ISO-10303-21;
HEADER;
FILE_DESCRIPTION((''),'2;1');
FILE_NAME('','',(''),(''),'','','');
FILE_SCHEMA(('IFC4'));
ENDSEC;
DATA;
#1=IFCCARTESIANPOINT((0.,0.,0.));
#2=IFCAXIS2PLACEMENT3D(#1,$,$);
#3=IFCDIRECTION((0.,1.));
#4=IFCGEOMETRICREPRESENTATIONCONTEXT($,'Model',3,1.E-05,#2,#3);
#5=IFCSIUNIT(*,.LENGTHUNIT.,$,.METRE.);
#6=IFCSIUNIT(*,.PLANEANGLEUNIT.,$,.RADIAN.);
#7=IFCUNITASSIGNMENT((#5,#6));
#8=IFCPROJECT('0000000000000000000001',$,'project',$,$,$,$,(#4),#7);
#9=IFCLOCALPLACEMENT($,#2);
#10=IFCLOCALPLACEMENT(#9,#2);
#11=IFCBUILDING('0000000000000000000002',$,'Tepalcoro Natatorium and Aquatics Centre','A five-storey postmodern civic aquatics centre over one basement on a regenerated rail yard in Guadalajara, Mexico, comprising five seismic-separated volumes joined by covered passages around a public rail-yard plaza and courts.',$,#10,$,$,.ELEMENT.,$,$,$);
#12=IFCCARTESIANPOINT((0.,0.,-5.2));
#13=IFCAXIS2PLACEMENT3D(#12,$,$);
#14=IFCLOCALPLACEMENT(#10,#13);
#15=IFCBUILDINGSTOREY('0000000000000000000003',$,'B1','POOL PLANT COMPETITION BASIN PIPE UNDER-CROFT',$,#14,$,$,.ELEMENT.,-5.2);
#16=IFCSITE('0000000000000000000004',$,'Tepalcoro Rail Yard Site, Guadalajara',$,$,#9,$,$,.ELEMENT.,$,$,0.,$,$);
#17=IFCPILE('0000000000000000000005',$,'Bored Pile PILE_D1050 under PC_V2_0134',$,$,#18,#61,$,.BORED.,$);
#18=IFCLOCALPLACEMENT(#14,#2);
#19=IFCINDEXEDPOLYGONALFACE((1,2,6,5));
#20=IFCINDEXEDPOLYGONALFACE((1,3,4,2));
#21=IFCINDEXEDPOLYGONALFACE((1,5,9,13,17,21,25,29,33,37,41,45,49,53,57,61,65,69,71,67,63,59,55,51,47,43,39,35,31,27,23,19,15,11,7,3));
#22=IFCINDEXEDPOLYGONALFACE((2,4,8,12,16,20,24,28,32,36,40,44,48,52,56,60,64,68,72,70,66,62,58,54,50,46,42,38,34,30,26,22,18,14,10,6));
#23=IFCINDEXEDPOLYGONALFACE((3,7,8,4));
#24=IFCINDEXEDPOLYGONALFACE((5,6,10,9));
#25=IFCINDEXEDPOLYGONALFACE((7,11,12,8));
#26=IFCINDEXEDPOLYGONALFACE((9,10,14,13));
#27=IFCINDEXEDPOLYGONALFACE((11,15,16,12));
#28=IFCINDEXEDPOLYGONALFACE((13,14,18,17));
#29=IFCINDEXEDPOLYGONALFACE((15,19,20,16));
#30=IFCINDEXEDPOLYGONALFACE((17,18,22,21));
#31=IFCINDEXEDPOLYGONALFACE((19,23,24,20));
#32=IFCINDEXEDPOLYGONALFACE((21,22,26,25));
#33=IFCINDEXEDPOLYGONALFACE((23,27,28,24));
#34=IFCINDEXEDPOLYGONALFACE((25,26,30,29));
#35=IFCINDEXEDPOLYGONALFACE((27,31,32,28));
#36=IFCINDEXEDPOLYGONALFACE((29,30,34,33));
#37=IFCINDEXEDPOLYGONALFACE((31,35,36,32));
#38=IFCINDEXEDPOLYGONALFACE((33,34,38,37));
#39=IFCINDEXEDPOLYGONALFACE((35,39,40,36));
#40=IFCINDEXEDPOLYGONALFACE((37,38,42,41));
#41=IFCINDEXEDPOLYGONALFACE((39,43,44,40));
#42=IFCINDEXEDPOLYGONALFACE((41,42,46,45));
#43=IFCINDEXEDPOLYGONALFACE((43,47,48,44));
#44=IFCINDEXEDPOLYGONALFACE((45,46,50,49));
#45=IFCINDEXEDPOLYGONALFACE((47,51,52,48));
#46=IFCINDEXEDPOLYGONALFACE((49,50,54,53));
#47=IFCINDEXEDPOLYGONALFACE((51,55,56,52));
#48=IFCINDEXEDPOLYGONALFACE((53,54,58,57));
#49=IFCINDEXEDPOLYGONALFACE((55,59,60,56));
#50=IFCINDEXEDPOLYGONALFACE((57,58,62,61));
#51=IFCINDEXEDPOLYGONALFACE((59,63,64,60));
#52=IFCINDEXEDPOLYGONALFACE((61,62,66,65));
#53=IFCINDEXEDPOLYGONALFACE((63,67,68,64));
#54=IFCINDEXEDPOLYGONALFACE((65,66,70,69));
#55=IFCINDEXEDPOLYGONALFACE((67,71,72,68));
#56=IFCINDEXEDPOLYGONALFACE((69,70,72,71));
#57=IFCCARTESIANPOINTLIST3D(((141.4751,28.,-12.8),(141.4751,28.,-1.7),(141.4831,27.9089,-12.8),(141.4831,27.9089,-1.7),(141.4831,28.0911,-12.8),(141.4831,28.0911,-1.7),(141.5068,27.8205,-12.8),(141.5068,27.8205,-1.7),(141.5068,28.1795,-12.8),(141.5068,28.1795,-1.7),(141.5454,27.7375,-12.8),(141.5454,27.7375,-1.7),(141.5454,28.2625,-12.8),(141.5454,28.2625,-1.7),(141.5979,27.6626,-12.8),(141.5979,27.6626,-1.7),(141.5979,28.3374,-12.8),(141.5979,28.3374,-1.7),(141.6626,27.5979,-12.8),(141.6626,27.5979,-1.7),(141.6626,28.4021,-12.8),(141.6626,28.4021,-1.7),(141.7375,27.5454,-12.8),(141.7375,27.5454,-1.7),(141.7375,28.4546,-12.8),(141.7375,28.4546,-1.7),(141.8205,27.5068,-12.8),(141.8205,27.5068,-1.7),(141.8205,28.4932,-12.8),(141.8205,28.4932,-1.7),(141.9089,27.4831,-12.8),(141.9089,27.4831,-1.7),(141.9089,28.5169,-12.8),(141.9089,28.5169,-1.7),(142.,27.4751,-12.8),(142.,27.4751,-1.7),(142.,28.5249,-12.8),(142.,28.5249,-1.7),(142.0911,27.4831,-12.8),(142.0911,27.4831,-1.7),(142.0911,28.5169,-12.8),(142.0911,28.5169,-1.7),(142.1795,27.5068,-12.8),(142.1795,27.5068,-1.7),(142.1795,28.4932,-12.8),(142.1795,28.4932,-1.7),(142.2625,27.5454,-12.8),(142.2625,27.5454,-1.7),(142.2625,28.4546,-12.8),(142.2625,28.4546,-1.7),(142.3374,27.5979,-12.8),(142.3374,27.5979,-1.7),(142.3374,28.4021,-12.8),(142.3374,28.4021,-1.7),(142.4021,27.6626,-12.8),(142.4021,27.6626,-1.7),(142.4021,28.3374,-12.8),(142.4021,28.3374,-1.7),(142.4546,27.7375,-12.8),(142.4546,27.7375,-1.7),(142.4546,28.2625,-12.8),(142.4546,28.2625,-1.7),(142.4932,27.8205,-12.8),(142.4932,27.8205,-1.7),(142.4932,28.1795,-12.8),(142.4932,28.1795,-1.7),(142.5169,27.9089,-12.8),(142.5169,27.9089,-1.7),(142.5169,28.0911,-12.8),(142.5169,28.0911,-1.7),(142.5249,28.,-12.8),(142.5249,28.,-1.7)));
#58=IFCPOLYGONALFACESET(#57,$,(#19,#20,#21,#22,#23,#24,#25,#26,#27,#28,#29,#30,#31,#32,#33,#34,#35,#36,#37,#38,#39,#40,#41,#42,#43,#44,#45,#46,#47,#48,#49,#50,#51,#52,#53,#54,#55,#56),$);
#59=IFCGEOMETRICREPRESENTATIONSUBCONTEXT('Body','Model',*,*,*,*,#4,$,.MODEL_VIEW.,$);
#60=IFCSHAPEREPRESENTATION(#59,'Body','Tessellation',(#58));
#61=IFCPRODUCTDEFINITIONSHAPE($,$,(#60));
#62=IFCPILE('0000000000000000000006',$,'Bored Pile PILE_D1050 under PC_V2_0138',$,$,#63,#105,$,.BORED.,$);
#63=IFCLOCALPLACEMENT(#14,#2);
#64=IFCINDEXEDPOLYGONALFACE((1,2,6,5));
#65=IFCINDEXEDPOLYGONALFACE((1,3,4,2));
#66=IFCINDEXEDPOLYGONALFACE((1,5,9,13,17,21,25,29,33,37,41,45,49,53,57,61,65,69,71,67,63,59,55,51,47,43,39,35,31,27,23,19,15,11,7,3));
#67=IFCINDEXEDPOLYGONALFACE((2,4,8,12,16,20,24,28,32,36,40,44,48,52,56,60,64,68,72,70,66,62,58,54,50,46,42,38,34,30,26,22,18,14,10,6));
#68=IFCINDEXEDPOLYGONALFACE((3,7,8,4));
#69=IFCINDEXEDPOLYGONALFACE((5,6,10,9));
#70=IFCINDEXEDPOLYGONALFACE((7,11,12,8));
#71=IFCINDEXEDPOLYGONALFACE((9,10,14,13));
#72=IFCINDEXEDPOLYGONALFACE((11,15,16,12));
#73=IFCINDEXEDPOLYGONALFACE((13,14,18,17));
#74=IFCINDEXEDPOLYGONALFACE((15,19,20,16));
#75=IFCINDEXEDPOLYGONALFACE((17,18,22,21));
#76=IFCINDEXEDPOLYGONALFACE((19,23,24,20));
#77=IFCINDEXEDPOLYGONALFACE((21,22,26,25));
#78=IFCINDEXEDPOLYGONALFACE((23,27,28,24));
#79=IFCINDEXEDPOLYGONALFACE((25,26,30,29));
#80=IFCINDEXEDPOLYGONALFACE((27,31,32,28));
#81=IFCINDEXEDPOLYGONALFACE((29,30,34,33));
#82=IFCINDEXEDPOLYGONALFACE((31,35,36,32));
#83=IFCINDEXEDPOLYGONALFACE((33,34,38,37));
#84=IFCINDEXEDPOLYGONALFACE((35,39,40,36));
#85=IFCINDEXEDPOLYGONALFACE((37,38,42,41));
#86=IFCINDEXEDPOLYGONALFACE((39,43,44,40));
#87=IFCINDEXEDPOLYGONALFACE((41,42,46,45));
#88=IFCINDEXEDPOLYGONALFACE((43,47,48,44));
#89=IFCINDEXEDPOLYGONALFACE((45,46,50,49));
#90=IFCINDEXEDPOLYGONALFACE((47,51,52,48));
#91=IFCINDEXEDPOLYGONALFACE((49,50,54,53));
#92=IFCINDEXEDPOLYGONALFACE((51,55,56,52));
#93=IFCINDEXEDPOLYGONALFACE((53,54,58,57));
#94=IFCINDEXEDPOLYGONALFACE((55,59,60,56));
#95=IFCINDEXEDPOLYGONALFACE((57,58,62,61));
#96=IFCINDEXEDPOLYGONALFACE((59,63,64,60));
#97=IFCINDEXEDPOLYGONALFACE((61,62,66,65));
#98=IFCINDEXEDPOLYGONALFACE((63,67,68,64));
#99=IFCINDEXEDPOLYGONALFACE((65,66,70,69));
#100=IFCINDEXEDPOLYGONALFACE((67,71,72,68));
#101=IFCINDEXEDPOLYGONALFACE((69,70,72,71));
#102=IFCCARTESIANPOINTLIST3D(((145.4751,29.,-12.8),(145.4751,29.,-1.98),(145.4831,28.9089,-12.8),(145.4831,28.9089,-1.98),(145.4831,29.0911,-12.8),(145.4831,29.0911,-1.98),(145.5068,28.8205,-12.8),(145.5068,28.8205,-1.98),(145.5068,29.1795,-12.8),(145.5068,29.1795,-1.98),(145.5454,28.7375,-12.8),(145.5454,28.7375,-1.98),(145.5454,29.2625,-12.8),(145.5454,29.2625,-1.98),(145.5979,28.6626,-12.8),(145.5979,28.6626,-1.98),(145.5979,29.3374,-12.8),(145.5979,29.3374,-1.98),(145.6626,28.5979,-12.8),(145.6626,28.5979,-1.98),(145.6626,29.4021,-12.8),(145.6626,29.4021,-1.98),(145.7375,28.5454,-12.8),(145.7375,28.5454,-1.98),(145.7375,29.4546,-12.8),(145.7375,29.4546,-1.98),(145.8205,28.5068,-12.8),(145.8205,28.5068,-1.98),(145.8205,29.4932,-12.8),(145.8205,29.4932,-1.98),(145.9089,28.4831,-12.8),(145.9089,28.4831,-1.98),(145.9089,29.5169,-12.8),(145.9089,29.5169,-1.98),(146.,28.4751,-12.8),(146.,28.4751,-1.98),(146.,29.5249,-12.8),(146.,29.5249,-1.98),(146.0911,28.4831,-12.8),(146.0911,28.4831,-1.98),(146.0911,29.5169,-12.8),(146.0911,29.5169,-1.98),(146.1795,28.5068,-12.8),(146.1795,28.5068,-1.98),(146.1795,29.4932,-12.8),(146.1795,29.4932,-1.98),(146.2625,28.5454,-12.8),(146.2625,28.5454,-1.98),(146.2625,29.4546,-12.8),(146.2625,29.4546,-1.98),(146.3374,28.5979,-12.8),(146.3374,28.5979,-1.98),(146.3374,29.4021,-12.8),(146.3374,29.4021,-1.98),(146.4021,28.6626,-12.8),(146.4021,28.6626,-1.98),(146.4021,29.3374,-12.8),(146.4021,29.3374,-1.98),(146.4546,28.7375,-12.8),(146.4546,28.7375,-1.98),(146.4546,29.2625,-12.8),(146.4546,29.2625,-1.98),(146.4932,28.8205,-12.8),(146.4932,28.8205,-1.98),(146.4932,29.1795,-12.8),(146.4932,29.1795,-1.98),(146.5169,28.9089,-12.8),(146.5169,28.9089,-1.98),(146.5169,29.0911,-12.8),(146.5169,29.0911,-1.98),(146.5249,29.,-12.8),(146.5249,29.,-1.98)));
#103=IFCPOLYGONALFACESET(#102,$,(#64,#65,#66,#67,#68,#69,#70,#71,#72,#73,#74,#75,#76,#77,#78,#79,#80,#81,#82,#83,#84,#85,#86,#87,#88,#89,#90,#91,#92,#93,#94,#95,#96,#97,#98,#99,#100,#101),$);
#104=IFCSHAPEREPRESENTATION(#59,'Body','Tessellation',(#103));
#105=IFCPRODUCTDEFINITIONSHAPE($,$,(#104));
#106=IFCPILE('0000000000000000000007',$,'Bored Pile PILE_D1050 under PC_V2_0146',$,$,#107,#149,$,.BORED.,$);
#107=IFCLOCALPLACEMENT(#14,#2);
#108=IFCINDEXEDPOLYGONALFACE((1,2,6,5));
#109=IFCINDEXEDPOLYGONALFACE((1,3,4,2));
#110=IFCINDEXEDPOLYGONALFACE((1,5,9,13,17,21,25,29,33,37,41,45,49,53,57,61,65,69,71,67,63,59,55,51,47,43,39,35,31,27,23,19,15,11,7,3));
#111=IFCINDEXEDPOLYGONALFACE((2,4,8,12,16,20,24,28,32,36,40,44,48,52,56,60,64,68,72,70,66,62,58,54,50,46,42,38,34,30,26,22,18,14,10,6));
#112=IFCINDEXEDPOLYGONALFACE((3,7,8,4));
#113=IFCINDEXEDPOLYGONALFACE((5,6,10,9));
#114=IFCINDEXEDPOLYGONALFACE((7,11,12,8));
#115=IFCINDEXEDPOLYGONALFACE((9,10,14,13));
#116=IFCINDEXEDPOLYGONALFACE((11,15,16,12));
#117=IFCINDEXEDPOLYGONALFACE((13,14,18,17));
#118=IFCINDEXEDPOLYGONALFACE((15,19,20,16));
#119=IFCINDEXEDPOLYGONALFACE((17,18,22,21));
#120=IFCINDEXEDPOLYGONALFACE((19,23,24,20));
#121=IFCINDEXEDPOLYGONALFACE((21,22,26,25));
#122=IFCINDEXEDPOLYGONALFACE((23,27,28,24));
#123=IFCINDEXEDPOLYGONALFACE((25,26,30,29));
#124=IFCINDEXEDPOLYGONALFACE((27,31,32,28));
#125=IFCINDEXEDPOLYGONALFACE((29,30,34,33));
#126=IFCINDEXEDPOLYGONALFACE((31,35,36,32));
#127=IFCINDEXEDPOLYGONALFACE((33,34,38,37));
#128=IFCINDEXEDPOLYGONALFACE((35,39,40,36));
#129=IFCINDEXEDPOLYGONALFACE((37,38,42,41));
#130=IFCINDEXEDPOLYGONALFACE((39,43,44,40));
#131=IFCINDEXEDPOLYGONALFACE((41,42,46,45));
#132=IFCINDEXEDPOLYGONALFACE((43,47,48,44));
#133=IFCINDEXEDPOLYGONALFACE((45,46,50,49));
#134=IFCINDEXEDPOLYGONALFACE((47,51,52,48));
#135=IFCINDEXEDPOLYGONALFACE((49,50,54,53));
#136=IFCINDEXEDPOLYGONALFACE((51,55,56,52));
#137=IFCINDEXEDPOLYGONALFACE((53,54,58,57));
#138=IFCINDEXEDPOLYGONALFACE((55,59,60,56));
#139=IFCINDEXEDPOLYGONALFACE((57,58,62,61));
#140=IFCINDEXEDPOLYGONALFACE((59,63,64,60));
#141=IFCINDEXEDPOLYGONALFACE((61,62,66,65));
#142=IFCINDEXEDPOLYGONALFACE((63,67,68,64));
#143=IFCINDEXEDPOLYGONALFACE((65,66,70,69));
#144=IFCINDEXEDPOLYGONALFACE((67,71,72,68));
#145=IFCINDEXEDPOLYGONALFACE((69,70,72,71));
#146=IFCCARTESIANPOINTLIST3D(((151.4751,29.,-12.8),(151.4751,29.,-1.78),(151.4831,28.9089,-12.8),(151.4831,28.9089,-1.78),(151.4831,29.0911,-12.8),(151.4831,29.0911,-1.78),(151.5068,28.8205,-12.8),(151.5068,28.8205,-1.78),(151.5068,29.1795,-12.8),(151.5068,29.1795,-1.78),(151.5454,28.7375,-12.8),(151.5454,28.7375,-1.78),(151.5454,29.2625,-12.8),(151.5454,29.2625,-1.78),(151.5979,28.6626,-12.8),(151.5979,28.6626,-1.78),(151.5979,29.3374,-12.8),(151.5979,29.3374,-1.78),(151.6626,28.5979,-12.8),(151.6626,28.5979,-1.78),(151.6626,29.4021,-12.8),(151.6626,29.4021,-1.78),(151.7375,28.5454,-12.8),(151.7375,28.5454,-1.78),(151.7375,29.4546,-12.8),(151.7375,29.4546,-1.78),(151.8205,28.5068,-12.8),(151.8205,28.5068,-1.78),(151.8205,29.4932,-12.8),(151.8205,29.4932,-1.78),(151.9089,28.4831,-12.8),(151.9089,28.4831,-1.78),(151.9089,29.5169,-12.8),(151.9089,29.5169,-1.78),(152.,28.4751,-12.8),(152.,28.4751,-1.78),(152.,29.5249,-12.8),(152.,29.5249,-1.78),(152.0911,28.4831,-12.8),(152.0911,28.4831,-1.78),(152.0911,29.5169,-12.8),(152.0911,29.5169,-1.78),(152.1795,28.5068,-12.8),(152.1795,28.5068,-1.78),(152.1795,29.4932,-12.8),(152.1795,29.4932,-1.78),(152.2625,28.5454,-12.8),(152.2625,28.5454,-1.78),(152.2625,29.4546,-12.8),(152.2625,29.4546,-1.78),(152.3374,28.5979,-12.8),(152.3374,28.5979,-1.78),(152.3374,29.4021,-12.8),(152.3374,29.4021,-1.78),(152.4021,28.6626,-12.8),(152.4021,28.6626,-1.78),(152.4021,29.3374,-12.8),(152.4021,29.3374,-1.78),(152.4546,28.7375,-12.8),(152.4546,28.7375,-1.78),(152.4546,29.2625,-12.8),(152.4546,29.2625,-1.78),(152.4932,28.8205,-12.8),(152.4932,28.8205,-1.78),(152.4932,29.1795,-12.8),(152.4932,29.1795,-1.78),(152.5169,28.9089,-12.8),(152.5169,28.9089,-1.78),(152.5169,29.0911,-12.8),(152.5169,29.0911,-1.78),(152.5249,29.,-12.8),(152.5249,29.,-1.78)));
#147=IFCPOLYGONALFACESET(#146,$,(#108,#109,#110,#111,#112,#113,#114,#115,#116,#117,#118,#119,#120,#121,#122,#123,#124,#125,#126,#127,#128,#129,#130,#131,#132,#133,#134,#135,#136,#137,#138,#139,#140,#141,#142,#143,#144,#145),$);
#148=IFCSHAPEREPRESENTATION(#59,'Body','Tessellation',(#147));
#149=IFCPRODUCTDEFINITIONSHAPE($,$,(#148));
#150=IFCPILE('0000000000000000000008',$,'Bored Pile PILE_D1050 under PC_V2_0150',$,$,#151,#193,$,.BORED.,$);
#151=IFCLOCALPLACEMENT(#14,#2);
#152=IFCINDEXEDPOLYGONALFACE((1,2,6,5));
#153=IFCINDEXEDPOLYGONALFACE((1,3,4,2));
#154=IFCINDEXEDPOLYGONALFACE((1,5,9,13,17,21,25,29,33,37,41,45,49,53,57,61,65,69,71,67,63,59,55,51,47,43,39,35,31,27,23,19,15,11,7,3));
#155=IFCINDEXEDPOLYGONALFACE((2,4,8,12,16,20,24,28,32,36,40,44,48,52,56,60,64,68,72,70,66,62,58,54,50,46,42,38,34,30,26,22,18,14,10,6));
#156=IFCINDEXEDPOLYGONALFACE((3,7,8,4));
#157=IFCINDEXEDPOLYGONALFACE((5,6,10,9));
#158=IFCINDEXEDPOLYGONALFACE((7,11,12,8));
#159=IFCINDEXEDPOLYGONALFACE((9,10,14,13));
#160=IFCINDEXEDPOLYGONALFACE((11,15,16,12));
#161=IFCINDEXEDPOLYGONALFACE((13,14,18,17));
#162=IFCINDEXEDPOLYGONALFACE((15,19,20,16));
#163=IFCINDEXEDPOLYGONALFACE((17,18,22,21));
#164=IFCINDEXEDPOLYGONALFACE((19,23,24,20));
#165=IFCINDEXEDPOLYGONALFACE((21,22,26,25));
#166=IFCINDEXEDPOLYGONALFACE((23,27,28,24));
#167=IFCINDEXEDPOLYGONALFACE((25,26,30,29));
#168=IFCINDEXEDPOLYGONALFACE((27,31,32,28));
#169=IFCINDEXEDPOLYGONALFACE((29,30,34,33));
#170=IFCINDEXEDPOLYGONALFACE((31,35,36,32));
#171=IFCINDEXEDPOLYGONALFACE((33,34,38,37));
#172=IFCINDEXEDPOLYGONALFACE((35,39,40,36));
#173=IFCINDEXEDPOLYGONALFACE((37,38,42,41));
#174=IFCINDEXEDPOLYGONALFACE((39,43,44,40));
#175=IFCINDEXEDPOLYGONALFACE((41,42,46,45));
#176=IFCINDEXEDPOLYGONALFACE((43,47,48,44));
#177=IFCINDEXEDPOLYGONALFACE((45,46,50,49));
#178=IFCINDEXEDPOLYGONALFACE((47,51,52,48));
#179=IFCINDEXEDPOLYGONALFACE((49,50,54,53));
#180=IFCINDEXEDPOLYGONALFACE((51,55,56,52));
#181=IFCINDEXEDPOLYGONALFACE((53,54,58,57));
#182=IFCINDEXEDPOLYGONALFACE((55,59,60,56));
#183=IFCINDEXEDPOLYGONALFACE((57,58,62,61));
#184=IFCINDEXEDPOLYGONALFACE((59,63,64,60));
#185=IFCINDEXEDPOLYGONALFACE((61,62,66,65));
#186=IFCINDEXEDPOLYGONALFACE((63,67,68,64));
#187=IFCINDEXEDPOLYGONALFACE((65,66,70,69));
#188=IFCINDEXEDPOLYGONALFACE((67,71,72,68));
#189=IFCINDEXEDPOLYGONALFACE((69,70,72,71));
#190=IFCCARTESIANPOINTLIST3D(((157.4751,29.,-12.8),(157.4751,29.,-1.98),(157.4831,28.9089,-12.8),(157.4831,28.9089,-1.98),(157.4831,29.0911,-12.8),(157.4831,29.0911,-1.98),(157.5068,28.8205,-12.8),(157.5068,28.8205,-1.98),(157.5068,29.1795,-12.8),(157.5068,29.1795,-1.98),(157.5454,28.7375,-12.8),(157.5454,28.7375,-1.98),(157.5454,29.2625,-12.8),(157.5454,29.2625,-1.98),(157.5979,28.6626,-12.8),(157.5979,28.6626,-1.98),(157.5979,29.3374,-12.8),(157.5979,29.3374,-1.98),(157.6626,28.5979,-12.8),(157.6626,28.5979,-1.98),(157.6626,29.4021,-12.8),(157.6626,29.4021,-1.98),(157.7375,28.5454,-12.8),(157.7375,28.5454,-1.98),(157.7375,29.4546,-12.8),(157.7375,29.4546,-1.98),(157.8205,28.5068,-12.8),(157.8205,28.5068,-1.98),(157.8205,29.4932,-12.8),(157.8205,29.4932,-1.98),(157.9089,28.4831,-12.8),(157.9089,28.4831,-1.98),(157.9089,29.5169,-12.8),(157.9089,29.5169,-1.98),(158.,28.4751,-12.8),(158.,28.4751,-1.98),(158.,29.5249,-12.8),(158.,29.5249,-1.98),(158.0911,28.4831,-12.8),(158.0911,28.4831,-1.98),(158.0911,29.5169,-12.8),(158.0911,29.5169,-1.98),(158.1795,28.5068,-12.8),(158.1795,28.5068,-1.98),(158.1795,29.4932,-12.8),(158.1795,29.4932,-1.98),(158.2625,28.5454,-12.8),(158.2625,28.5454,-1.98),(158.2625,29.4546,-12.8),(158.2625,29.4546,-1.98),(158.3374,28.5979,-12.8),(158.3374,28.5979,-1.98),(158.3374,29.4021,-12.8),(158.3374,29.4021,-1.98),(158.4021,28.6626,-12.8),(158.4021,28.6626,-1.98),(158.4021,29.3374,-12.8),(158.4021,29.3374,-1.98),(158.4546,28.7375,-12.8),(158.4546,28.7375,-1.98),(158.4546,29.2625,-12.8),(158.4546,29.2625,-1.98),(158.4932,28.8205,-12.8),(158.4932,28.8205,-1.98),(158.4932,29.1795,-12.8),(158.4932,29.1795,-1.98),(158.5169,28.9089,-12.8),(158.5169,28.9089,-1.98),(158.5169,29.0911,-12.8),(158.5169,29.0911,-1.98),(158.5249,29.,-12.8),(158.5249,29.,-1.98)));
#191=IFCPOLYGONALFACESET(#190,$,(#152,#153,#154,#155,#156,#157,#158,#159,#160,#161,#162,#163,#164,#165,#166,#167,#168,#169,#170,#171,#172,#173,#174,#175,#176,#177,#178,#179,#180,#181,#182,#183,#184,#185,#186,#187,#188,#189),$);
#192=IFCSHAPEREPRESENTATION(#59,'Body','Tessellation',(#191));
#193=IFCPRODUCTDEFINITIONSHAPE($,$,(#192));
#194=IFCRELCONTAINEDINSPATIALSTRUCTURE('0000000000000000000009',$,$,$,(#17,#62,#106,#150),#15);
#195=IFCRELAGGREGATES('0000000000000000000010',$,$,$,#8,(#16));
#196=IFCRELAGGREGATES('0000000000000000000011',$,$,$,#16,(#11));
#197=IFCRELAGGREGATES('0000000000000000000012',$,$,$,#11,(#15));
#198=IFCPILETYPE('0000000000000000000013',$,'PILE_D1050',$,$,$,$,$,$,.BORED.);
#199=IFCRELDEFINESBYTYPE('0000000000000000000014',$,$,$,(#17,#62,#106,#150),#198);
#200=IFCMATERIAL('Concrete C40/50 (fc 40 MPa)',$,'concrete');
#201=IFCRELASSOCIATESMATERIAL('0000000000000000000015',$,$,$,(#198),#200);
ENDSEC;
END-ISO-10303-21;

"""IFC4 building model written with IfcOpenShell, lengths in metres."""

from ifc_helpers import new_model, si_unit, direction, frame, origin, origin_2d, place, context, subcontext, project, spatial, circle, extrude, material, material_profile, profile_set, type_object, element, save


model = new_model("IFC4")

# Units and contexts
model_context = context("Model", 3, precision=1e-05, world=origin(), true_north=direction((0.0, 1.0)))
body_context = subcontext(model_context, "Body", "Model", "MODEL_VIEW")
ifc_project = project(units=[si_unit("LENGTHUNIT", "METRE"), si_unit("PLANEANGLEUNIT", "RADIAN")], contexts=[model_context])

# Site, building, storey
site_placement = place(None, origin())
site = spatial("IfcSite", under=ifc_project, at=site_placement, Name="Tepalcoro Rail Yard Site, Guadalajara", CompositionType="ELEMENT", RefElevation=0.0)
building_placement = place(site_placement, origin())
building = spatial("IfcBuilding", under=site, at=building_placement, Name="Tepalcoro Natatorium and Aquatics Centre", Description="A five-storey postmodern civic aquatics centre over one basement on a regenerated rail yard in Guadalajara, Mexico, comprising five seismic-separated volumes joined by covered passages around a public rail-yard plaza and courts.", CompositionType="ELEMENT")
storey_placement = place(building_placement, frame((0.0, 0.0, -5.2)))
storey = spatial("IfcBuildingStorey", under=building, at=storey_placement, Name="B1", Description="POOL PLANT COMPETITION BASIN PIPE UNDER-CROFT", CompositionType="ELEMENT", Elevation=-5.2)

# Piles
ifc_material_1 = material(Name="Concrete C40/50 (fc 40 MPa)", Category="concrete")
ifc_material_profile_1 = material_profile(ifc_material_1, circle(Radius=0.5249, at=origin_2d()), Name="PILE_D1050")
ifc_profile_set_1 = profile_set([ifc_material_profile_1], Name="Concrete C40/50 (fc 40 MPa)")
pile_type_1 = type_object("IfcPileType", Name="PILE_D1050", PredefinedType="BORED", material=ifc_profile_set_1)
pile_1_placement = place(storey_placement, frame((142.0, 28.0, -1.7), z_axis=(0.0, 0.0, -1.0), x_axis=(1.0, 0.0, 0.0)))
element("IfcPile", 1, at=pile_1_placement, inside=storey, type_object=pile_type_1, Name="Bored Pile PILE_D1050 under PC_V2_0134", PredefinedType="BORED", context=body_context, shape_type="SweptSolid", body=[
    extrude(circle(Radius=0.5249, at=origin_2d()), origin(), (0.0, 0.0, 1.0), 11.1001),
])
pile_2_placement = place(storey_placement, frame((146.0, 29.0, -1.98), z_axis=(0.0, 0.0, -1.0), x_axis=(1.0, 0.0, 0.0)))
element("IfcPile", 2, at=pile_2_placement, inside=storey, type_object=pile_type_1, Name="Bored Pile PILE_D1050 under PC_V2_0138", PredefinedType="BORED", context=body_context, shape_type="SweptSolid", body=[
    extrude(circle(Radius=0.5249, at=origin_2d()), origin(), (0.0, 0.0, 1.0), 10.8201),
])
pile_3_placement = place(storey_placement, frame((152.0, 29.0, -1.78), z_axis=(0.0, 0.0, -1.0), x_axis=(1.0, 0.0, 0.0)))
element("IfcPile", 3, at=pile_3_placement, inside=storey, type_object=pile_type_1, Name="Bored Pile PILE_D1050 under PC_V2_0146", PredefinedType="BORED", context=body_context, shape_type="SweptSolid", body=[
    extrude(circle(Radius=0.5249, at=origin_2d()), origin(), (0.0, 0.0, 1.0), 11.02),
])
pile_4_placement = place(storey_placement, frame((158.0, 29.0, -1.98), z_axis=(0.0, 0.0, -1.0), x_axis=(1.0, 0.0, 0.0)))
element("IfcPile", 4, at=pile_4_placement, inside=storey, type_object=pile_type_1, Name="Bored Pile PILE_D1050 under PC_V2_0150", PredefinedType="BORED", context=body_context, shape_type="SweptSolid", body=[
    extrude(circle(Radius=0.5249, at=origin_2d()), origin(), (0.0, 0.0, 1.0), 10.8201),
])

save(model, "model.ifc")
